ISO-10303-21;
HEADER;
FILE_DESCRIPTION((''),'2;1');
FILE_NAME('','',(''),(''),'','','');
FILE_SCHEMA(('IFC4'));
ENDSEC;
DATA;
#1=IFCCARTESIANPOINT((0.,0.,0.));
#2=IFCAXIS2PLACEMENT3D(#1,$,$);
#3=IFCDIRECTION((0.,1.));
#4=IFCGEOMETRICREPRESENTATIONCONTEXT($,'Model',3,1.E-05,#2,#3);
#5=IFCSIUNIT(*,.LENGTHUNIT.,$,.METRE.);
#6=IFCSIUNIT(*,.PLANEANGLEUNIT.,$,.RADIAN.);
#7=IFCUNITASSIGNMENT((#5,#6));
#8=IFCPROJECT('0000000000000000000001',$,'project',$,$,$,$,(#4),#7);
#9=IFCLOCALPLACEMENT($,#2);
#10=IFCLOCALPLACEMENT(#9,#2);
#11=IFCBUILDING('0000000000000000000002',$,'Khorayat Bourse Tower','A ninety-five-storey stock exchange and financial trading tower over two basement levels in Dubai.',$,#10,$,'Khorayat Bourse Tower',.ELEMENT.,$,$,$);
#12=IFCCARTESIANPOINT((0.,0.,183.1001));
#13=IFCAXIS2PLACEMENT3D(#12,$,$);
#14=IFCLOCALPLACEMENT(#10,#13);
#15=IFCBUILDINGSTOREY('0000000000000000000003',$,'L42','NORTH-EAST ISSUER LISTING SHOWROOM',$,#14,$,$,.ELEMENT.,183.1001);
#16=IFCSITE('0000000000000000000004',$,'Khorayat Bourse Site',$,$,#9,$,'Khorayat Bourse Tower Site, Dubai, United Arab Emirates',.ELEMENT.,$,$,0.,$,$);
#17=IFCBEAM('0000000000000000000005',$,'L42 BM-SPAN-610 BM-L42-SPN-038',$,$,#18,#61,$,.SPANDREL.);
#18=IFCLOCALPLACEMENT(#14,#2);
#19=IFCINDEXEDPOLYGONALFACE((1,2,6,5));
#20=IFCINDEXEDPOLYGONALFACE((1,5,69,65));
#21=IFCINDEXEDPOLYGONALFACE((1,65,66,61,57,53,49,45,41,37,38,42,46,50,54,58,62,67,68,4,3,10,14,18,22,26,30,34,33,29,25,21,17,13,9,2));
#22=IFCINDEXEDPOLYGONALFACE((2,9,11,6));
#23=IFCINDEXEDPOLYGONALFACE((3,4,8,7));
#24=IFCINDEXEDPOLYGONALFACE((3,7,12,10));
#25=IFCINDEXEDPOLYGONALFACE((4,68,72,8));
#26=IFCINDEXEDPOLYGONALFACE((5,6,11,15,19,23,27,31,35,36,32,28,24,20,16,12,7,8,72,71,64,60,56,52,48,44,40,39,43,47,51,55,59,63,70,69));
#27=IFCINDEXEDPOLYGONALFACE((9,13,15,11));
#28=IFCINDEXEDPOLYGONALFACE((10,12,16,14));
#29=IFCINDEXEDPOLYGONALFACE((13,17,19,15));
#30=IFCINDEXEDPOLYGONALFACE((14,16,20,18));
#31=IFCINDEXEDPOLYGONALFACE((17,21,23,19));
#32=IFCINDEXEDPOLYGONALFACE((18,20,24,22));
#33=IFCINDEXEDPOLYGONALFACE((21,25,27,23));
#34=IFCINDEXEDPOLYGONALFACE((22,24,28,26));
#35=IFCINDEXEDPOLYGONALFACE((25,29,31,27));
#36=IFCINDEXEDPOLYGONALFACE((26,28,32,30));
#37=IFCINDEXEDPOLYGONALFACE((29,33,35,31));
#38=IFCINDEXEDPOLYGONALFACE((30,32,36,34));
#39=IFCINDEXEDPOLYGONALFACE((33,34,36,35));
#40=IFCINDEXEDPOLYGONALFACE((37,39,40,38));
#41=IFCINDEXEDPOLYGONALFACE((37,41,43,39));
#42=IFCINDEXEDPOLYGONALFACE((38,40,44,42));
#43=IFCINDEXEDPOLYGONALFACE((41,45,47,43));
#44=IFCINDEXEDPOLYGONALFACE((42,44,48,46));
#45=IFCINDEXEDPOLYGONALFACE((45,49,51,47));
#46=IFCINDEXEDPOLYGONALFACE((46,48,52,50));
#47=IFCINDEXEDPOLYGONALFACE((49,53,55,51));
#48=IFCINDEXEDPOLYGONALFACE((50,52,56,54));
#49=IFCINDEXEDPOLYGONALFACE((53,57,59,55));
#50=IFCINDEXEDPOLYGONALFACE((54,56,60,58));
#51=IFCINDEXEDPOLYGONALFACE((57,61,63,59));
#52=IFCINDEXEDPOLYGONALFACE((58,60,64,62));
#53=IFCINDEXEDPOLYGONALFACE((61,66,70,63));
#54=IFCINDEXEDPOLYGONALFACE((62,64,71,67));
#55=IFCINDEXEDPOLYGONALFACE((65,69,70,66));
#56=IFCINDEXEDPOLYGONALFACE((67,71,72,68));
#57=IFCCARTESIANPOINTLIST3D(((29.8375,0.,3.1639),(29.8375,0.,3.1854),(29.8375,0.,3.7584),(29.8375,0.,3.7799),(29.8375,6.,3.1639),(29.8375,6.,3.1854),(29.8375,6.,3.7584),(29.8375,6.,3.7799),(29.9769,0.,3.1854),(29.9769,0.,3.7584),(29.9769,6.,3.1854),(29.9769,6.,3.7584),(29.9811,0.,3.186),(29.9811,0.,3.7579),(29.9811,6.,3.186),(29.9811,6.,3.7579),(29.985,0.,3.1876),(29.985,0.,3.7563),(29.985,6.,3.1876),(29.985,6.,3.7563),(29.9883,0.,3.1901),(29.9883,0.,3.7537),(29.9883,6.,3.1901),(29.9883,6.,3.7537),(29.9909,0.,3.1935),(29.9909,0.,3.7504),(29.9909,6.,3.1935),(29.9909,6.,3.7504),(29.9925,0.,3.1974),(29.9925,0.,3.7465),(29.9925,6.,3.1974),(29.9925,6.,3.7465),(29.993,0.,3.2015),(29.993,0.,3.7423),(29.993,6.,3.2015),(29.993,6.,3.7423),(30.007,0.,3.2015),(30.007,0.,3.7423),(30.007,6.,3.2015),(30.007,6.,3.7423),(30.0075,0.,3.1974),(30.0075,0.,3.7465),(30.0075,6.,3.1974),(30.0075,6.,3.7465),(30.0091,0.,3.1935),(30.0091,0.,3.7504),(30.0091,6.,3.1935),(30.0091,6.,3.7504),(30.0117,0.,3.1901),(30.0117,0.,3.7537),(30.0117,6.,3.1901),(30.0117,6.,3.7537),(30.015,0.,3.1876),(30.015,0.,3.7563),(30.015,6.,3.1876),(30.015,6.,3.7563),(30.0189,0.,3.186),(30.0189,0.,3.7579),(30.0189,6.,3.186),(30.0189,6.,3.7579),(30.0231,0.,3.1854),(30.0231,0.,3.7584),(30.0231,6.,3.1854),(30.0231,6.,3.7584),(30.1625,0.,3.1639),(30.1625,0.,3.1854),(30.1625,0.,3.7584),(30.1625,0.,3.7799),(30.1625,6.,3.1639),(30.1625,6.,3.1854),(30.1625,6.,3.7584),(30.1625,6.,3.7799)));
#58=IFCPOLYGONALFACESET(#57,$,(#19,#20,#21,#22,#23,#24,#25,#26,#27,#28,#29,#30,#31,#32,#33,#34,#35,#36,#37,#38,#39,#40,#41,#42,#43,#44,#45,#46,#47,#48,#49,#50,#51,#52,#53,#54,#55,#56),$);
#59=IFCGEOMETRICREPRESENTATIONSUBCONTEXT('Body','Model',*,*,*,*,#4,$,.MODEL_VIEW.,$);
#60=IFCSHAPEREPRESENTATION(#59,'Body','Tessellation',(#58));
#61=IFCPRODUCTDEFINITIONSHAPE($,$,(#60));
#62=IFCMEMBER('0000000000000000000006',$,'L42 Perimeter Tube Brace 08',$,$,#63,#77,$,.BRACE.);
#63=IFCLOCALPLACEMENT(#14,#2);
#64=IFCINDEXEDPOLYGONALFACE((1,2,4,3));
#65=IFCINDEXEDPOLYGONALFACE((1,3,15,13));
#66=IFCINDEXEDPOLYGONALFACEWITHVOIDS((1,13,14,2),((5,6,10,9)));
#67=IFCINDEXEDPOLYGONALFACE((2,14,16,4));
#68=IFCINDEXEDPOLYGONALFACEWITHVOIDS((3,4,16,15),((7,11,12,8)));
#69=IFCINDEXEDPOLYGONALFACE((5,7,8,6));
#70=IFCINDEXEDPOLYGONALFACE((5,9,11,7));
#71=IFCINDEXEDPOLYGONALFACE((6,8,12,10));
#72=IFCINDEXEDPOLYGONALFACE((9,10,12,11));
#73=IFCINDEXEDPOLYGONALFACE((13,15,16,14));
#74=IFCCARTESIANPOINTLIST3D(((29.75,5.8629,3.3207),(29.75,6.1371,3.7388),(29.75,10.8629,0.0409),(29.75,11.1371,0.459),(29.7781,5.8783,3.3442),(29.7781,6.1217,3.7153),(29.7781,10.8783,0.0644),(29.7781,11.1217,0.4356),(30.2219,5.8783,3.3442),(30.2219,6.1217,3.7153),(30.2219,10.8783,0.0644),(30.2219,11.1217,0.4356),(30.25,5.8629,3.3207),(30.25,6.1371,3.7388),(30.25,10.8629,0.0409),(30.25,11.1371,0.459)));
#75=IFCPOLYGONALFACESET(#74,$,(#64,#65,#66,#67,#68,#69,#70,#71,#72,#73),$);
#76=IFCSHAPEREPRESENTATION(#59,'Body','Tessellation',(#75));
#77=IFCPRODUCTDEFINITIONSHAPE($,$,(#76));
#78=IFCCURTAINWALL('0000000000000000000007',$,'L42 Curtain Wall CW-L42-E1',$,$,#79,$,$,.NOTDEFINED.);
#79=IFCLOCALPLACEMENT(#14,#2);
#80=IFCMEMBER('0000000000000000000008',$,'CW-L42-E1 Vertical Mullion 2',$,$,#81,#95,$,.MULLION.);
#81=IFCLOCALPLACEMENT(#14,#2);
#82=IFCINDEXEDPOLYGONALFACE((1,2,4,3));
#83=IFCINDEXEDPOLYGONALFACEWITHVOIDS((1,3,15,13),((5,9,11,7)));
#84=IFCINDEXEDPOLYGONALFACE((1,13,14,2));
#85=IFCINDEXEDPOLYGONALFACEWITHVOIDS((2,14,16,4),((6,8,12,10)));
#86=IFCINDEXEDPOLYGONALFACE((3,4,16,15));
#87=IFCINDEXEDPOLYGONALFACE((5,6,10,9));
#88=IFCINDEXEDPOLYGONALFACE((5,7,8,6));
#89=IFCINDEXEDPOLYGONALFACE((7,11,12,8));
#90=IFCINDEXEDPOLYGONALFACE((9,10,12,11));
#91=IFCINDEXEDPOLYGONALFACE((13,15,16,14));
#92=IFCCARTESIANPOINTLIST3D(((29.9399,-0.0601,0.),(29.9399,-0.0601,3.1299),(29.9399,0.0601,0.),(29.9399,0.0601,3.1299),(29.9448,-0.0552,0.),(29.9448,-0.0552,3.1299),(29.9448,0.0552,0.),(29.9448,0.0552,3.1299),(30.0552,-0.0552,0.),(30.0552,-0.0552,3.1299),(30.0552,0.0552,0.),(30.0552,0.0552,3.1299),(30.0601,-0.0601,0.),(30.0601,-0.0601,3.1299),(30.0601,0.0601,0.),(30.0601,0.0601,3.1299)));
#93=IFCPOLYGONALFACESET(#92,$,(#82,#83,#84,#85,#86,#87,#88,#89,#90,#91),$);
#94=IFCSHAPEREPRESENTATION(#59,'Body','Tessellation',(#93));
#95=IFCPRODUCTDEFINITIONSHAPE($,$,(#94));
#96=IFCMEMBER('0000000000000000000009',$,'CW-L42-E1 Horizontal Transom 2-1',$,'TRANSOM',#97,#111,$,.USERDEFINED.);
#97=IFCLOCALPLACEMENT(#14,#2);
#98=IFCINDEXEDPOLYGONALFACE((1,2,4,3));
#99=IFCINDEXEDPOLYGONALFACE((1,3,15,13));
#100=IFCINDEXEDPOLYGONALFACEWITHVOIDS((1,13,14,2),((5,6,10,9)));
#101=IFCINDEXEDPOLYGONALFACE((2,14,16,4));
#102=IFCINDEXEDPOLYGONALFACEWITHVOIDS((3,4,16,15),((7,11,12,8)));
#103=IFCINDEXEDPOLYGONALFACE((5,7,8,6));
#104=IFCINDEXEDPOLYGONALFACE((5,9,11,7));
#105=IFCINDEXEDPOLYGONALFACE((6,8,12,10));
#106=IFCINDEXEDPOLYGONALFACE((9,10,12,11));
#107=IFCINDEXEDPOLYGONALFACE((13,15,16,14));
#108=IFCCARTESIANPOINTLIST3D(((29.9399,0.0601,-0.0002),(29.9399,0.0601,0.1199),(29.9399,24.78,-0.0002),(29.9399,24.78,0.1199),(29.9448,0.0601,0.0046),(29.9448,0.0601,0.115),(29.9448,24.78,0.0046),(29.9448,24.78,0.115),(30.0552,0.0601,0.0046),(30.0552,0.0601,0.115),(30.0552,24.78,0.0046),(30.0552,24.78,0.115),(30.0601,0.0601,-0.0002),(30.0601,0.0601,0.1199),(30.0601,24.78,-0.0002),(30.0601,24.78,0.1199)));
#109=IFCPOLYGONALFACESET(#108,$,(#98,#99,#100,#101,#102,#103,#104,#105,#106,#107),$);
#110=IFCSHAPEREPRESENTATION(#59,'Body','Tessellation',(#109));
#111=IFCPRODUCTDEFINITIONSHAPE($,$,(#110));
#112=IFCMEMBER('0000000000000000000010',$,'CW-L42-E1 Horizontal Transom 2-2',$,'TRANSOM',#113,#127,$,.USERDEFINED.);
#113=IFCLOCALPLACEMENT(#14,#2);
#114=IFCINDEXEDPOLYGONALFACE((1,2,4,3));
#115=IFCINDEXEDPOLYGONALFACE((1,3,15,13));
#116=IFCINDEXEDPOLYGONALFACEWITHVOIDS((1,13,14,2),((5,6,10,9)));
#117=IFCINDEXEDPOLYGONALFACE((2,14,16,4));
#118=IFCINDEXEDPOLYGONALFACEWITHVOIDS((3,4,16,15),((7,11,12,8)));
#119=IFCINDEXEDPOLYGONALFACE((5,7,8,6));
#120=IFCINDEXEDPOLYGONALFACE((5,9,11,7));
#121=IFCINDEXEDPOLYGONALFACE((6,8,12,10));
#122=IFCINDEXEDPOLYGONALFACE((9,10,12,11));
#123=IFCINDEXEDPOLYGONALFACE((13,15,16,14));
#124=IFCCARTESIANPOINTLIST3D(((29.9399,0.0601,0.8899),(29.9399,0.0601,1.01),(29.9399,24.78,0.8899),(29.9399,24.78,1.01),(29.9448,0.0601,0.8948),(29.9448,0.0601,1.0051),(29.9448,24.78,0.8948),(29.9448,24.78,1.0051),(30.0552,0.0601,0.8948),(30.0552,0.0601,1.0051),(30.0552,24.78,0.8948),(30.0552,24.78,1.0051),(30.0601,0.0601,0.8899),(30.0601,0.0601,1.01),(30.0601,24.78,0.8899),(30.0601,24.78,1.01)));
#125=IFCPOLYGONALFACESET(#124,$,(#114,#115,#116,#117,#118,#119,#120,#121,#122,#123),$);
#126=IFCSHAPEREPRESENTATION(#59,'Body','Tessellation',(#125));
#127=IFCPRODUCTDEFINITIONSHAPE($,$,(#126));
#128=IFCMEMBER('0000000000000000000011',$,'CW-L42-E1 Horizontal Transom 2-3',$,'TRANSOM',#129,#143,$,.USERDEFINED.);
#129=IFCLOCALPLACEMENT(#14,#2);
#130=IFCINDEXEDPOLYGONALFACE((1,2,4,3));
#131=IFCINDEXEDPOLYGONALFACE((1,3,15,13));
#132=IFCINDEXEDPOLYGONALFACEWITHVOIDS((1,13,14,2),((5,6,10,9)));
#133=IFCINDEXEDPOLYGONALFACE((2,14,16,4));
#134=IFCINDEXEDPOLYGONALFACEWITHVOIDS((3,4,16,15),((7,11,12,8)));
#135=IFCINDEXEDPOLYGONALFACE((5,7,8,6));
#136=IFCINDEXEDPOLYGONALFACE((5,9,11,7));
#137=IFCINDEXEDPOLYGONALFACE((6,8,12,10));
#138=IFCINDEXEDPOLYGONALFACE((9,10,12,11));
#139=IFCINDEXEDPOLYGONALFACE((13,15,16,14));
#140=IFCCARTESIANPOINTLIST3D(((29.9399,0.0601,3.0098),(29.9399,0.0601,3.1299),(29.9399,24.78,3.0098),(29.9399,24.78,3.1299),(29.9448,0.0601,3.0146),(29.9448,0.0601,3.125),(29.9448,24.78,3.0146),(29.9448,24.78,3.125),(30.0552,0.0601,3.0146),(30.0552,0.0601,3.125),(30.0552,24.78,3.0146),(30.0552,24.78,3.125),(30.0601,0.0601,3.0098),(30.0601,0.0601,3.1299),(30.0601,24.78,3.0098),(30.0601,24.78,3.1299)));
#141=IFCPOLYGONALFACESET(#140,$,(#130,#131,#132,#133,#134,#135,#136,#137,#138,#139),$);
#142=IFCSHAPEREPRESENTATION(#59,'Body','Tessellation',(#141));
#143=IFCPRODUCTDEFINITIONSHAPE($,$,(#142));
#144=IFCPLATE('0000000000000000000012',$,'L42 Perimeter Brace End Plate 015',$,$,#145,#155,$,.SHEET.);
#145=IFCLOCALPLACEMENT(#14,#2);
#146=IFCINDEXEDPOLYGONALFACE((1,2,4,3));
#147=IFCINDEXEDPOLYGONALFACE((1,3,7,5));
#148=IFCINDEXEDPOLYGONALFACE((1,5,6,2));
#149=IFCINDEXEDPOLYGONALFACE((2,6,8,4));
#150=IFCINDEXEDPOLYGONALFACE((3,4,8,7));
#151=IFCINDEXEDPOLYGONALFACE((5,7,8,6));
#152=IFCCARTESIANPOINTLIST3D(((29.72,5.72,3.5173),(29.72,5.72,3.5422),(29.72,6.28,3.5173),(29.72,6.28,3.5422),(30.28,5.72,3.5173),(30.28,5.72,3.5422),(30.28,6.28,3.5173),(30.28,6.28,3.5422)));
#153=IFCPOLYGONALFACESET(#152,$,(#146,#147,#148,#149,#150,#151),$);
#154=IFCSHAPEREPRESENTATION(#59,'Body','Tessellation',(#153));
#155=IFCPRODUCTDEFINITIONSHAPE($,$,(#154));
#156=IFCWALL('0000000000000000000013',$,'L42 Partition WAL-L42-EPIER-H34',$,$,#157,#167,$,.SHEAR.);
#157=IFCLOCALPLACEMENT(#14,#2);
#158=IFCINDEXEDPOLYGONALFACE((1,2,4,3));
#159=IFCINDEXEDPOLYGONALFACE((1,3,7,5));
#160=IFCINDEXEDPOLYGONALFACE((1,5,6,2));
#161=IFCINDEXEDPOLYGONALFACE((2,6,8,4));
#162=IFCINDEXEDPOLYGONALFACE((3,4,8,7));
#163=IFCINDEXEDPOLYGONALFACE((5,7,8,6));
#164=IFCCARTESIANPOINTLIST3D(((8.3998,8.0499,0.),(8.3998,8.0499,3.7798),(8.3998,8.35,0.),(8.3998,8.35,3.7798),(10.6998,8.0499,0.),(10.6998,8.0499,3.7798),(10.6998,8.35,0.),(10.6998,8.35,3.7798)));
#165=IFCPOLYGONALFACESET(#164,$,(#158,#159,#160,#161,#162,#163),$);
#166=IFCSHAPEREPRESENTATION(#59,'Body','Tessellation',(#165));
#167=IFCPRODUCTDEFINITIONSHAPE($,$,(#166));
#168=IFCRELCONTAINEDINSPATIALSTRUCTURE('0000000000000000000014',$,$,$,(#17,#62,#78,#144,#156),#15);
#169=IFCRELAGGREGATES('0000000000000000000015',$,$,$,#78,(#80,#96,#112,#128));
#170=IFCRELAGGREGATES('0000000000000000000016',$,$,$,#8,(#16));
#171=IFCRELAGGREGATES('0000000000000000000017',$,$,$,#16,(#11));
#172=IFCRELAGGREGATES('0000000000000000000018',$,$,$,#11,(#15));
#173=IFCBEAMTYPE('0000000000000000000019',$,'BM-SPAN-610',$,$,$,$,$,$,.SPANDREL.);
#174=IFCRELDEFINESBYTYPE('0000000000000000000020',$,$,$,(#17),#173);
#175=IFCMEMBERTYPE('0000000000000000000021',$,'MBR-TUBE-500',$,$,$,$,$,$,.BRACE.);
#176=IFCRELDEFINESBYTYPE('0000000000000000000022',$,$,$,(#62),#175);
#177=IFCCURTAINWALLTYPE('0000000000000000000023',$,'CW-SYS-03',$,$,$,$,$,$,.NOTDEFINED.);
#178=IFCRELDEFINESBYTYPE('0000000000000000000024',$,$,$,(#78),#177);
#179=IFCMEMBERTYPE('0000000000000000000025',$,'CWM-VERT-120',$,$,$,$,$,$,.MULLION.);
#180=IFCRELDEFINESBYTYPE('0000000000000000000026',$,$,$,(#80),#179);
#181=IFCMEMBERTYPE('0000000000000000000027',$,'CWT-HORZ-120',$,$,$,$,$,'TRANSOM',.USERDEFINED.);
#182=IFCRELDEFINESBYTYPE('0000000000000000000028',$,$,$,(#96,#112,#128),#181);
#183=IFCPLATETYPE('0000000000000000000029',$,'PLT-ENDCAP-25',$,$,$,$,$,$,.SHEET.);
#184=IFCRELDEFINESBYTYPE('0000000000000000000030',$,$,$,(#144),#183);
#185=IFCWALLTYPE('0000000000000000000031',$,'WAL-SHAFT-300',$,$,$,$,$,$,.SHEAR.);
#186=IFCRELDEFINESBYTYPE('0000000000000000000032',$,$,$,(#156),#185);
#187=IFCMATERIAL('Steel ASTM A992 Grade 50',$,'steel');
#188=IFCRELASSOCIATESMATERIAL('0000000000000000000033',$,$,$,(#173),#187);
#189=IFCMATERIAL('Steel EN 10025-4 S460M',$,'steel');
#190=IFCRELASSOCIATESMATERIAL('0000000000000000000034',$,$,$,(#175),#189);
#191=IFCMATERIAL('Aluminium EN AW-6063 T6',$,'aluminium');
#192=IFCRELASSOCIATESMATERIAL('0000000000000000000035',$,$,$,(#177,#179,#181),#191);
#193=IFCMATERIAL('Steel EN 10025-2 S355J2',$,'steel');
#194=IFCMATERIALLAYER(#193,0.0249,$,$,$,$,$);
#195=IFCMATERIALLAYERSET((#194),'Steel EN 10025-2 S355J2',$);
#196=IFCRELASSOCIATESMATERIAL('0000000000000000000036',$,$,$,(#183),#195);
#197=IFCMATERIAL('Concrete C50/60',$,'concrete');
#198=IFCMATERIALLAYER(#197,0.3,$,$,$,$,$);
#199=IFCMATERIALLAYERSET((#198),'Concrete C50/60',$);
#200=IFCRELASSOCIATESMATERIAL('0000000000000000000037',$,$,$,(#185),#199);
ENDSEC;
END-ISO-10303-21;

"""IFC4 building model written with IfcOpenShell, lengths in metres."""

from ifc_helpers import new_model, si_unit, direction, frame, frame_2d, origin, origin_2d, place, context, subcontext, project, spatial, rectangle, hollow_rectangle, i_section, extrude, source, transform, mapped, material, layer, layer_set, material_profile, profile_set, type_object, element, aggregate, save


model = new_model("IFC4")

# Units and contexts
model_context = context("Model", 3, precision=1e-05, world=origin(), true_north=direction((0.0, 1.0)))
body_context = subcontext(model_context, "Body", "Model", "MODEL_VIEW")
ifc_project = project(units=[si_unit("LENGTHUNIT", "METRE"), si_unit("PLANEANGLEUNIT", "RADIAN")], contexts=[model_context])

# Site, building, storey
site_placement = place(None, origin())
site = spatial("IfcSite", under=ifc_project, at=site_placement, Name="Khorayat Bourse Site", LongName="Khorayat Bourse Tower Site, Dubai, United Arab Emirates", CompositionType="ELEMENT", RefElevation=0.0)
building_placement = place(site_placement, origin())
building = spatial("IfcBuilding", under=site, at=building_placement, Name="Khorayat Bourse Tower", Description="A ninety-five-storey stock exchange and financial trading tower over two basement levels in Dubai.", LongName="Khorayat Bourse Tower", CompositionType="ELEMENT")
storey_placement = place(building_placement, frame((0.0, 0.0, 183.1001)))
storey = spatial("IfcBuildingStorey", under=building, at=storey_placement, Name="L42", Description="NORTH-EAST ISSUER LISTING SHOWROOM", CompositionType="ELEMENT", Elevation=183.1001)

# Shared definitions
ifc_material_1 = material(Name="Steel EN 10025-4 S460M", Category="steel")

# Beam
ifc_material_2 = material(Name="Steel ASTM A992 Grade 50", Category="steel")
ifc_material_profile_1 = material_profile(ifc_material_2, i_section(OverallWidth=0.325, OverallDepth=0.616, WebThickness=0.0139, FlangeThickness=0.0215, FilletRadius=0.0161, at=origin_2d()), Name="W610X174")
ifc_profile_set_1 = profile_set([ifc_material_profile_1], Name="Steel ASTM A992 Grade 50")
beam_type_1 = type_object("IfcBeamType", Name="BM-SPAN-610", PredefinedType="SPANDREL", material=ifc_profile_set_1)
shared_shape_1 = source(origin(), body_context, "Body", "SweptSolid", [
    extrude(i_section(OverallWidth=0.325, OverallDepth=0.616, WebThickness=0.0139, FlangeThickness=0.0215, FilletRadius=0.0161, at=origin_2d()), origin(), (0.0, 0.0, 1.0), 6.0),
])
beam_1_placement = place(storey_placement, frame((30.0, 0.0, 3.4719), z_axis=(0.0, 1.0, 0.0), x_axis=(-1.0, 0.0, 0.0)))
element("IfcBeam", 1, at=beam_1_placement, inside=storey, type_object=beam_type_1, Name="L42 BM-SPAN-610 BM-L42-SPN-038", PredefinedType="SPANDREL", context=body_context, shape_type="MappedRepresentation", body=[
    mapped(shared_shape_1, transform((0.0, 0.0, 0.0), scale=1.0)),
])

# Member
ifc_material_profile_2 = material_profile(ifc_material_1, hollow_rectangle(XDim=0.5, YDim=0.5, WallThickness=0.0281, at=origin_2d()), Name="HSS 500x500x28")
ifc_profile_set_2 = profile_set([ifc_material_profile_2], Name="Steel EN 10025-4 S460M")
member_type_1 = type_object("IfcMemberType", Name="MBR-TUBE-500", PredefinedType="BRACE", material=ifc_profile_set_2)
shared_shape_2 = source(origin(), body_context, "Body", "SweptSolid", [
    extrude(hollow_rectangle(XDim=0.5, YDim=0.5, WallThickness=0.0281, at=origin_2d()), origin(), (0.0, 0.0, 1.0), 5.9797),
])
member_1_placement = place(storey_placement, frame((30.0, 6.0, 3.5298), z_axis=(0.0, 0.83616, -0.548485), x_axis=(-1.0, 0.0, 0.0)))
element("IfcMember", 2, at=member_1_placement, inside=storey, type_object=member_type_1, Name="L42 Perimeter Tube Brace 08", PredefinedType="BRACE", context=body_context, shape_type="MappedRepresentation", body=[
    mapped(shared_shape_2, transform((0.0, 0.0, 0.0), scale=1.0)),
])

# Curtain wall, members
ifc_material_3 = material(Name="Aluminium EN AW-6063 T6", Category="aluminium")
curtain_wall_type = type_object("IfcCurtainWallType", Name="CW-SYS-03", PredefinedType="NOTDEFINED", material=ifc_material_3)
curtain_wall_placement = place(storey_placement, origin())
curtain_wall = element("IfcCurtainWall", 3, at=curtain_wall_placement, inside=storey, type_object=curtain_wall_type, Name="L42 Curtain Wall CW-L42-E1", PredefinedType="NOTDEFINED")
ifc_material_profile_3 = material_profile(ifc_material_3, hollow_rectangle(XDim=0.1201, YDim=0.1201, WallThickness=0.0049, at=origin_2d()), Name="ALU 120x120x5")
ifc_profile_set_3 = profile_set([ifc_material_profile_3], Name="Aluminium EN AW-6063 T6")
member_type_2 = type_object("IfcMemberType", Name="CWM-VERT-120", PredefinedType="MULLION", material=ifc_profile_set_3)
shared_shape_3 = source(origin(), body_context, "Body", "SweptSolid", [
    extrude(hollow_rectangle(XDim=0.1201, YDim=0.1201, WallThickness=0.0049, at=origin_2d()), origin(), (0.0, 0.0, 1.0), 3.1299),
])
member_2_placement = place(storey_placement, frame((30.0, 0.0, 0.0), z_axis=(0.0, 0.0, 1.0), x_axis=(-1.0, 0.0, 0.0)))
member_2 = element("IfcMember", 4, at=member_2_placement, type_object=member_type_2, Name="CW-L42-E1 Vertical Mullion 2", PredefinedType="MULLION", context=body_context, shape_type="MappedRepresentation", body=[
    mapped(shared_shape_3, transform((0.0, 0.0, 0.0), scale=1.0)),
])
ifc_material_profile_4 = material_profile(ifc_material_3, hollow_rectangle(XDim=0.1201, YDim=0.1201, WallThickness=0.0049, at=origin_2d()), Name="ALU 120x120x5")
ifc_profile_set_4 = profile_set([ifc_material_profile_4], Name="Aluminium EN AW-6063 T6")
member_type_3 = type_object("IfcMemberType", Name="CWT-HORZ-120", ElementType="TRANSOM", PredefinedType="USERDEFINED", material=ifc_profile_set_4)
shared_shape_4 = source(origin(), body_context, "Body", "SweptSolid", [
    extrude(hollow_rectangle(XDim=0.1201, YDim=0.1201, WallThickness=0.0049, at=origin_2d()), origin(), (0.0, 0.0, 1.0), 24.72),
])
member_3_placement = place(storey_placement, frame((30.0, 0.0601, 0.0598), z_axis=(0.0, 1.0, 0.0), x_axis=(-1.0, 0.0, 0.0)))
member_3 = element("IfcMember", 5, at=member_3_placement, type_object=member_type_3, Name="CW-L42-E1 Horizontal Transom 2-1", ObjectType="TRANSOM", PredefinedType="USERDEFINED", context=body_context, shape_type="MappedRepresentation", body=[
    mapped(shared_shape_4, transform((0.0, 0.0, 0.0), scale=1.0)),
])
member_4_placement = place(storey_placement, frame((30.0, 0.0601, 0.95), z_axis=(0.0, 1.0, 0.0), x_axis=(-1.0, 0.0, 0.0)))
member_4 = element("IfcMember", 6, at=member_4_placement, type_object=member_type_3, Name="CW-L42-E1 Horizontal Transom 2-2", ObjectType="TRANSOM", PredefinedType="USERDEFINED", context=body_context, shape_type="MappedRepresentation", body=[
    mapped(shared_shape_4, transform((0.0, 0.0, 0.0), scale=1.0)),
])
member_5_placement = place(storey_placement, frame((30.0, 0.0601, 3.0698), z_axis=(0.0, 1.0, 0.0), x_axis=(-1.0, 0.0, 0.0)))
member_5 = element("IfcMember", 7, at=member_5_placement, type_object=member_type_3, Name="CW-L42-E1 Horizontal Transom 2-3", ObjectType="TRANSOM", PredefinedType="USERDEFINED", context=body_context, shape_type="MappedRepresentation", body=[
    mapped(shared_shape_4, transform((0.0, 0.0, 0.0), scale=1.0)),
])
aggregate(curtain_wall, [member_2, member_3, member_4, member_5])

# Plate
ifc_material_4 = material(Name="Steel EN 10025-2 S355J2", Category="steel")
ifc_layer_1 = layer(ifc_material_4, 0.0249)
ifc_layer_set_1 = layer_set([ifc_layer_1], Name="Steel EN 10025-2 S355J2")
plate_type = type_object("IfcPlateType", Name="PLT-ENDCAP-25", PredefinedType="SHEET", material=ifc_layer_set_1)
shared_shape_5 = source(origin(), body_context, "Body", "SweptSolid", [
    extrude(rectangle(XDim=0.5601, YDim=0.5601, at=origin_2d()), origin(), (0.0, 0.0, 1.0), 0.0249),
])
plate_placement = place(storey_placement, frame((30.0, 6.0, 3.5173), z_axis=(0.0, 0.0, 1.0), x_axis=(1.0, 0.0, 0.0)))
element("IfcPlate", 8, at=plate_placement, inside=storey, type_object=plate_type, Name="L42 Perimeter Brace End Plate 015", PredefinedType="SHEET", context=body_context, shape_type="MappedRepresentation", body=[
    mapped(shared_shape_5, transform((0.0, 0.0, 0.0), scale=1.0)),
])

# Wall
ifc_material_5 = material(Name="Concrete C50/60", Category="concrete")
ifc_layer_2 = layer(ifc_material_5, 0.3)
ifc_layer_set_2 = layer_set([ifc_layer_2], Name="Concrete C50/60")
wall_type_1 = type_object("IfcWallType", Name="WAL-SHAFT-300", PredefinedType="SHEAR", material=ifc_layer_set_2)
shared_shape_6 = source(origin(), body_context, "Body", "SweptSolid", [
    extrude(rectangle(XDim=2.3, YDim=0.3, at=frame_2d((1.1499, 0.0))), origin(), (0.0, 0.0, 1.0), 3.7798),
])
wall_1_placement = place(storey_placement, frame((8.3999, 8.2, 0.0), z_axis=(0.0, 0.0, 1.0), x_axis=(1.0, 0.0, 0.0)))
element("IfcWall", 9, at=wall_1_placement, inside=storey, type_object=wall_type_1, Name="L42 Partition WAL-L42-EPIER-H34", PredefinedType="SHEAR", context=body_context, shape_type="MappedRepresentation", body=[
    mapped(shared_shape_6, transform((0.0, 0.0, 0.0), scale=1.0)),
])

save(model, "model.ifc")
